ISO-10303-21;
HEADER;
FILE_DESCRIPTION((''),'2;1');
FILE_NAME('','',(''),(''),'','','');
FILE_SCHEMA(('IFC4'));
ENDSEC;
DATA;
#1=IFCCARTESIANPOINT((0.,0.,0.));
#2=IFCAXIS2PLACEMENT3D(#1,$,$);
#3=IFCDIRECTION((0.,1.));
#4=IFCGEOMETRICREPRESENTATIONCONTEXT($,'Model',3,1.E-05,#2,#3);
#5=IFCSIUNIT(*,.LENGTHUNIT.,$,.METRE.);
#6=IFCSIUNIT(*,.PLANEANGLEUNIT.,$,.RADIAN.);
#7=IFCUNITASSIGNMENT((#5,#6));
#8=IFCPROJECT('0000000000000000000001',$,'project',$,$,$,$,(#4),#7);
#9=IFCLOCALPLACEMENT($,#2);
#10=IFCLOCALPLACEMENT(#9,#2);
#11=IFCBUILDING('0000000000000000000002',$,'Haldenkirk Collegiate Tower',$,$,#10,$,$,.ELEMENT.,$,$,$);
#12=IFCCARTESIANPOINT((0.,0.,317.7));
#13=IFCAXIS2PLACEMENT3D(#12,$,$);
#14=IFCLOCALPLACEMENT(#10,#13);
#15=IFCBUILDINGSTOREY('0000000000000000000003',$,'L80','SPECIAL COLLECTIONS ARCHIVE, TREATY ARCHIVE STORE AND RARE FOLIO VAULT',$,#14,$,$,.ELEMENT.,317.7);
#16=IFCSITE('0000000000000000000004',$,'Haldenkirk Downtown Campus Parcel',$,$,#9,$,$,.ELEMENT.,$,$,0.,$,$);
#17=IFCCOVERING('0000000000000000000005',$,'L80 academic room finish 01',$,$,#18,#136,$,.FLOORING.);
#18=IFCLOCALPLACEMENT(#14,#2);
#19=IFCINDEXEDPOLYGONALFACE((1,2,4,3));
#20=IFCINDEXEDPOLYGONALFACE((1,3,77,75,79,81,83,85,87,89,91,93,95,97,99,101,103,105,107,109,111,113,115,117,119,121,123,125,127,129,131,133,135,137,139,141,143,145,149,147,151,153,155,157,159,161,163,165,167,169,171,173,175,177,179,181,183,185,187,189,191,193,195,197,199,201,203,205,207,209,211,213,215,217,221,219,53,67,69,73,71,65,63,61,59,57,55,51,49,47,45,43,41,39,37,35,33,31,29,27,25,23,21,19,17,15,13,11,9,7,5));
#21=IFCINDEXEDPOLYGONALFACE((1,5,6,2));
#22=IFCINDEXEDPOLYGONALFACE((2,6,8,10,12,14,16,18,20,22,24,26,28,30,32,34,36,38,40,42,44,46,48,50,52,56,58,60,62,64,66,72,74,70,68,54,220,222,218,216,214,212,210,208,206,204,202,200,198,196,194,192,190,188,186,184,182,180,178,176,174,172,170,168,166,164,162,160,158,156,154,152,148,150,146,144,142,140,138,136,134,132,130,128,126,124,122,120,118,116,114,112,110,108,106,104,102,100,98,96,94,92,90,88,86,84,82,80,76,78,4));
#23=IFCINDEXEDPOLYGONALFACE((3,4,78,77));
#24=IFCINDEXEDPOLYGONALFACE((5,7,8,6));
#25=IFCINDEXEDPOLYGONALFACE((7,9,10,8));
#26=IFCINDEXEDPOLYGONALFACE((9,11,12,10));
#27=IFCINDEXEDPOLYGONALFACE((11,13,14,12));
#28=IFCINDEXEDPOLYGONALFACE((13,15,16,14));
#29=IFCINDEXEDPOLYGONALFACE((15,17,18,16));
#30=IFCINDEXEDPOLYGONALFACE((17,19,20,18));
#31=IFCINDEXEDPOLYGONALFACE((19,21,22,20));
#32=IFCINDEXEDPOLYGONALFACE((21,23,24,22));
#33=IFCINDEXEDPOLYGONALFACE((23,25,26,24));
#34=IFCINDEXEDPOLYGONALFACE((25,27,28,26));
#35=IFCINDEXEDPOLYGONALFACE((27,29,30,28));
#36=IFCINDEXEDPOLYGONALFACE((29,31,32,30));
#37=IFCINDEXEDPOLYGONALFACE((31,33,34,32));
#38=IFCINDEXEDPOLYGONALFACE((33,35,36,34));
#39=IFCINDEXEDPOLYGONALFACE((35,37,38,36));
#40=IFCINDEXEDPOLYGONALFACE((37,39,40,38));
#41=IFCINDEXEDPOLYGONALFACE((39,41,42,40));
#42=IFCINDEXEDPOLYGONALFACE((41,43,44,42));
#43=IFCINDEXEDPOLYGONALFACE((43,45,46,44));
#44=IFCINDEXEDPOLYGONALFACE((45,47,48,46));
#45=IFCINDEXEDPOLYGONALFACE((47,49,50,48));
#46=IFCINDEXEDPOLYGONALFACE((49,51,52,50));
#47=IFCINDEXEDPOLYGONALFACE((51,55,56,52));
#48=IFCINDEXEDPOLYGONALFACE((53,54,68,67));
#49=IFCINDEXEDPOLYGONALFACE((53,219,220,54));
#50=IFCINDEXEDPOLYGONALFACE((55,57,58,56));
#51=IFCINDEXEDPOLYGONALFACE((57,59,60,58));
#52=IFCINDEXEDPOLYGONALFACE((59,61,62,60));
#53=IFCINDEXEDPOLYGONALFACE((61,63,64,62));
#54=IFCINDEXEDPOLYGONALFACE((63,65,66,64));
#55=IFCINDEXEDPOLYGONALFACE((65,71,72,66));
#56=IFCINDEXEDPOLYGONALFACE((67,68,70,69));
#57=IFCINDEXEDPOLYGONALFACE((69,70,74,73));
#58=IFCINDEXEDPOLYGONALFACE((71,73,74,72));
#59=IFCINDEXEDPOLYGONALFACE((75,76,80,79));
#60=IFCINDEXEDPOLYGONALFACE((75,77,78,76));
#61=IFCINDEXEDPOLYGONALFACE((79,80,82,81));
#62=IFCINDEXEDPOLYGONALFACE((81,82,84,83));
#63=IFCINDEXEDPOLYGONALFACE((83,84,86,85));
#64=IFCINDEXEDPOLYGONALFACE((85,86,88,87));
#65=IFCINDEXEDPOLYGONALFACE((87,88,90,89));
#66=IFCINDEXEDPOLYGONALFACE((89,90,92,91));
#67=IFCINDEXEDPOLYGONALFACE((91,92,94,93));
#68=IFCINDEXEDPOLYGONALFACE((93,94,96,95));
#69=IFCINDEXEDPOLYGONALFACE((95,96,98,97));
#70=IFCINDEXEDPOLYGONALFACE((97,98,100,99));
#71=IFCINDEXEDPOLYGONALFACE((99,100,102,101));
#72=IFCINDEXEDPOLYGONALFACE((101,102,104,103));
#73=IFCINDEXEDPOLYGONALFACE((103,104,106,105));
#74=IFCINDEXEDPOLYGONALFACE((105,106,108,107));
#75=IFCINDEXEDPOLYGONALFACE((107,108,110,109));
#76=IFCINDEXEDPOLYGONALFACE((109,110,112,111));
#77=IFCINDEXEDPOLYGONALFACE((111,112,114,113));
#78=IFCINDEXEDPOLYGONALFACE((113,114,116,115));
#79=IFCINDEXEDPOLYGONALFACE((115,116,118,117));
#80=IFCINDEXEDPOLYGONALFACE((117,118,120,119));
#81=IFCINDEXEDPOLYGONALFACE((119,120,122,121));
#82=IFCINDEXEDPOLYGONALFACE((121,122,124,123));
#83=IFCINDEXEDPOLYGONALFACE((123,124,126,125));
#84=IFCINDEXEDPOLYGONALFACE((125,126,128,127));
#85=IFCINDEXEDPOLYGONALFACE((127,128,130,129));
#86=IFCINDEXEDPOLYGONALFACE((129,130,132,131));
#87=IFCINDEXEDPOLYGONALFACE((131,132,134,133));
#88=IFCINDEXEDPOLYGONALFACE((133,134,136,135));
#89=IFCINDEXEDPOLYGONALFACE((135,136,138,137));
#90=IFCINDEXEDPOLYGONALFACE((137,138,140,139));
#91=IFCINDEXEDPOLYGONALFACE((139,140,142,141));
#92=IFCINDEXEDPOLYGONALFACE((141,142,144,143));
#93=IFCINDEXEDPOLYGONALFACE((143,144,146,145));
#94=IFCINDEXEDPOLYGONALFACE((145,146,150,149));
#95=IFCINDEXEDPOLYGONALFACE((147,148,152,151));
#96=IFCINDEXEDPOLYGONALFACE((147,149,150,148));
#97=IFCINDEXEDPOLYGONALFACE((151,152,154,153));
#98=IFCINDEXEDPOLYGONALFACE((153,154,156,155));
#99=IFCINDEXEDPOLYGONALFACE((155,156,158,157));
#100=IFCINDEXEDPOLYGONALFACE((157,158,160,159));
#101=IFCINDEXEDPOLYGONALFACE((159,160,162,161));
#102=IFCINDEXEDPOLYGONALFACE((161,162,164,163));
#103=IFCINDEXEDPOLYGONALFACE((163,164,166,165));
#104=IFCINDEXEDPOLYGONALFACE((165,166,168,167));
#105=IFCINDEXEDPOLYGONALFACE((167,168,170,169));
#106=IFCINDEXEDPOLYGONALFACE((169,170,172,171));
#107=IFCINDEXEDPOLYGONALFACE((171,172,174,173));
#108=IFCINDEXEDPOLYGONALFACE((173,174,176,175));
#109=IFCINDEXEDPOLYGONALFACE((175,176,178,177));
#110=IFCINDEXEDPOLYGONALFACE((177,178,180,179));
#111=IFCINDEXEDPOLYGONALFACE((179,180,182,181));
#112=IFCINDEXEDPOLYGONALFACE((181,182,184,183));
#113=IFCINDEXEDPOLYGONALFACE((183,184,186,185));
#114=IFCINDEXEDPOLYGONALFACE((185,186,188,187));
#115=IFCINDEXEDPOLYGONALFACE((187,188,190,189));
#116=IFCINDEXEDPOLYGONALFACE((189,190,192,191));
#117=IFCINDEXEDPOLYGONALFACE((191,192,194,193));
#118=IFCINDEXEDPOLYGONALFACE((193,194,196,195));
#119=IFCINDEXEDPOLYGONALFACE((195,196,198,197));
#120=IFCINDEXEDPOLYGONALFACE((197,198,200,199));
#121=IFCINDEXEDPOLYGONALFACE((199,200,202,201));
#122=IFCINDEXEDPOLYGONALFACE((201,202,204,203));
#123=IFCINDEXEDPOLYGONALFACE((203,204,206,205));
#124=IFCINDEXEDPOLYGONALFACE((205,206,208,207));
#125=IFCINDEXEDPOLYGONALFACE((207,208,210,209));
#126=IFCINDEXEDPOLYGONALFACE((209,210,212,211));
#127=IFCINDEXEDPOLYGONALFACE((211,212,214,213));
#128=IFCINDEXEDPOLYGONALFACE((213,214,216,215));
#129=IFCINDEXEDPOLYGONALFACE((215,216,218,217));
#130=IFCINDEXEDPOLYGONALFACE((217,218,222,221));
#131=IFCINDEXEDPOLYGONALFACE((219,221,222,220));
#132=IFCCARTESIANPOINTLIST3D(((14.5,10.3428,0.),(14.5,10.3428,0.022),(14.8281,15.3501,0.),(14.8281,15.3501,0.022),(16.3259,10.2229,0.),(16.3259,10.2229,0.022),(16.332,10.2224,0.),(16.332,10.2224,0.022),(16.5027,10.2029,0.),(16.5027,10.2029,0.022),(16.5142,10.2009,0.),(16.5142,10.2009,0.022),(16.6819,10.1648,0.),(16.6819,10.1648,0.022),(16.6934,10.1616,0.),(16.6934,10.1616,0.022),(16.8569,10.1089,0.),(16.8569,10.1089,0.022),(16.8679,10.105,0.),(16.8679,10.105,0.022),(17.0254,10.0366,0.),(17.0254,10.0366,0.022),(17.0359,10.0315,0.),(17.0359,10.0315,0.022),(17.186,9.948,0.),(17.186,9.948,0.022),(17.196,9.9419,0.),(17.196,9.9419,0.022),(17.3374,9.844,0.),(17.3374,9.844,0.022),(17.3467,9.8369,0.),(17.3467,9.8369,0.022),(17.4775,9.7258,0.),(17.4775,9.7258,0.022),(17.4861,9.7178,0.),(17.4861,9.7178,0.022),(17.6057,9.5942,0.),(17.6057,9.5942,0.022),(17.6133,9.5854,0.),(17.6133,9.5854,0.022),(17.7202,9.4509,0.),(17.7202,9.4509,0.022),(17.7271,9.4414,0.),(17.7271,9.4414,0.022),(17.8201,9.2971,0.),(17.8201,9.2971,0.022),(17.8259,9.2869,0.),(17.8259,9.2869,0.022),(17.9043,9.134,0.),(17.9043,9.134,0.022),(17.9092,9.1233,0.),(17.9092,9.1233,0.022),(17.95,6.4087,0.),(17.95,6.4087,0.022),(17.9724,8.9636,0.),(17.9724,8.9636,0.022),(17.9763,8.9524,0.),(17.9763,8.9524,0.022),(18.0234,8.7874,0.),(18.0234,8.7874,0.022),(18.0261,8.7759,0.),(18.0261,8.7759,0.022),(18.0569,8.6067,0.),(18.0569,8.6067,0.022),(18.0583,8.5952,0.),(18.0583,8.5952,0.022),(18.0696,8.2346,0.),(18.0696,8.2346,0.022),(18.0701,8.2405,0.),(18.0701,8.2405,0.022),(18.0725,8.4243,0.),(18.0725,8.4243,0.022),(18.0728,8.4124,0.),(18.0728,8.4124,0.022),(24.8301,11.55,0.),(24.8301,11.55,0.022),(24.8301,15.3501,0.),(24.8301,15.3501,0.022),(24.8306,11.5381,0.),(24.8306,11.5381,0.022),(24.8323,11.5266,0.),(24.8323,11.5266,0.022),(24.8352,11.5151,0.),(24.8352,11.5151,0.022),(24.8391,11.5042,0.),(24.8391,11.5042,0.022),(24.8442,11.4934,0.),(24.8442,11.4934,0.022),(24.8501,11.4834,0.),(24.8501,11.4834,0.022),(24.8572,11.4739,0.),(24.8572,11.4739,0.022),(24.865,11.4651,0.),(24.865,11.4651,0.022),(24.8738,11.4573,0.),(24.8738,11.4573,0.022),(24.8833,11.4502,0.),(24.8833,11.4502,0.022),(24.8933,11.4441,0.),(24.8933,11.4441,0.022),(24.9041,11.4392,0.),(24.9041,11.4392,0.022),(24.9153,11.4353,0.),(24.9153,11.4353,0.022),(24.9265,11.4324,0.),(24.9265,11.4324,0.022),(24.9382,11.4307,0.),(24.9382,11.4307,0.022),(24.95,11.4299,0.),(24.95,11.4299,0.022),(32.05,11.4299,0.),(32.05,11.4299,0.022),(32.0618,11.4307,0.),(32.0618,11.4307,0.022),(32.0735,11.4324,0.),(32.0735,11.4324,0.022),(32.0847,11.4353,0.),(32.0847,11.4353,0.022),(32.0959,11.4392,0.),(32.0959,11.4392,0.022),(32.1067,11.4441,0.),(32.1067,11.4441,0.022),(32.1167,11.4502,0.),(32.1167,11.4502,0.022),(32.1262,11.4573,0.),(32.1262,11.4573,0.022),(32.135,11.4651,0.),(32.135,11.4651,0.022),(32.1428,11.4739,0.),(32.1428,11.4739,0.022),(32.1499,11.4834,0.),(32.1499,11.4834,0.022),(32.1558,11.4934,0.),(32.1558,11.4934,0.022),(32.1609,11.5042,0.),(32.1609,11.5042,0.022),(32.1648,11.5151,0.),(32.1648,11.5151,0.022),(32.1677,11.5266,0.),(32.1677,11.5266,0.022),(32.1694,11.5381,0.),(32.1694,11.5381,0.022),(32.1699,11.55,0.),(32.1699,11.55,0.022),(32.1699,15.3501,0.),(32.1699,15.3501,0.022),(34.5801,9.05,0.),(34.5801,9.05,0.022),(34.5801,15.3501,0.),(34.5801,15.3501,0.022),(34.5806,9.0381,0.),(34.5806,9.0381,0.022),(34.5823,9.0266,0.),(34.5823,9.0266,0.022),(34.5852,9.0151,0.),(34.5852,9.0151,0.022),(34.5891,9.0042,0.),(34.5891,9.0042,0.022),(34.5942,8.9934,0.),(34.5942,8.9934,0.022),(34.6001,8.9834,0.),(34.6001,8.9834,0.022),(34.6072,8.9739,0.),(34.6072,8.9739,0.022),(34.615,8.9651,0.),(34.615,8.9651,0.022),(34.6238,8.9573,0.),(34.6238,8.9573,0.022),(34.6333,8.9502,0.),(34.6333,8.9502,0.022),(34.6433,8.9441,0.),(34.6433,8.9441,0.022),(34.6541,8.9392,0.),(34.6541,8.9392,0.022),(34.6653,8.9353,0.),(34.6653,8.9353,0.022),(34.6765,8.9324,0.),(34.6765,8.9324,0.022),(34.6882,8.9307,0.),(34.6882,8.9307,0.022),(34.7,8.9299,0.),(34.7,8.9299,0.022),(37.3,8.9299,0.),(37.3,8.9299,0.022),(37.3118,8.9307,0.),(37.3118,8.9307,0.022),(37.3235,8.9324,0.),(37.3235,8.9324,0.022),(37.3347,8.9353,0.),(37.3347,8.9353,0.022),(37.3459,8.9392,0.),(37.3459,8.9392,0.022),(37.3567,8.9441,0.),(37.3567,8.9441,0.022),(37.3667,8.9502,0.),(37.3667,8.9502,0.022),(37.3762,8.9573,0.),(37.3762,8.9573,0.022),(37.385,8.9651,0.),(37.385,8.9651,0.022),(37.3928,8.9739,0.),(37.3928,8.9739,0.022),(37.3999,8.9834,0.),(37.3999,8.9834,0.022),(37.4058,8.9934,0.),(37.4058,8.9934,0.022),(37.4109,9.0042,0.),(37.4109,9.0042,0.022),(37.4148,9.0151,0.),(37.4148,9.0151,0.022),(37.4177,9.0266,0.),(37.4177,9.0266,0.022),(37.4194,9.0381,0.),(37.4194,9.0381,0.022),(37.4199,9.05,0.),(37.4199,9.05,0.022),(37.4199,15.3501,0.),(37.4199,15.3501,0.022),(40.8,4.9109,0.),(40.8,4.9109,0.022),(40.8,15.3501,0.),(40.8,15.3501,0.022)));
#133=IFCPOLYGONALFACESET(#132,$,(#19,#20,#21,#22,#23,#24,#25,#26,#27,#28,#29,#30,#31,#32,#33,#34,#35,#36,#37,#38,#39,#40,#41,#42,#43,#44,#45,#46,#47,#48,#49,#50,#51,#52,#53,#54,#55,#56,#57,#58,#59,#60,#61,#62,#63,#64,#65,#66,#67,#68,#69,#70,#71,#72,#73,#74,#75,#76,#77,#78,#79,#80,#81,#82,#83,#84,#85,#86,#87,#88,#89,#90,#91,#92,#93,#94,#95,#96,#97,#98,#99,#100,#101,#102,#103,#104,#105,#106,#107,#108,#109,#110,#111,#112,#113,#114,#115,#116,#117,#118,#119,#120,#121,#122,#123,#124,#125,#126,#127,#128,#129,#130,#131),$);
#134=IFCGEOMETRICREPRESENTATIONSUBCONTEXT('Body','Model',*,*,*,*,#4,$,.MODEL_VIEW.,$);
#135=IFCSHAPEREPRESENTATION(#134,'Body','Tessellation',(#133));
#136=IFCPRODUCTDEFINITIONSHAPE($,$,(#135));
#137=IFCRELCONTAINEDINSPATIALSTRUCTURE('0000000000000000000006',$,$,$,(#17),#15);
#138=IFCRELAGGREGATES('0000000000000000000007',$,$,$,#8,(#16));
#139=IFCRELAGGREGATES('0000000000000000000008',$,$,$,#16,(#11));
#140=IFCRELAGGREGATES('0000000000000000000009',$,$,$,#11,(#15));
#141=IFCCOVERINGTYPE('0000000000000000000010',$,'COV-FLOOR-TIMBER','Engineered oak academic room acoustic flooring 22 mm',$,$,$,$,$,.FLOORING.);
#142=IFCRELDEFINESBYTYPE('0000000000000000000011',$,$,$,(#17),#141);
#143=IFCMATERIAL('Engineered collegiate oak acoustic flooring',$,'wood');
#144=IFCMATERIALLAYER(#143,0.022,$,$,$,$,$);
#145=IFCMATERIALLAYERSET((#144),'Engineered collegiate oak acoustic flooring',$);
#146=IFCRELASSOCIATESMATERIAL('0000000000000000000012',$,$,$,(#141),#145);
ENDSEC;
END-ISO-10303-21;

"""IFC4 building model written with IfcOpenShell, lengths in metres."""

from ifc_helpers import new_model, si_unit, direction, frame, origin, place, context, subcontext, project, spatial, polyline, outline, extrude, material, layer, layer_set, type_object, element, save


model = new_model("IFC4")

# Units and contexts
model_context = context("Model", 3, precision=1e-05, world=origin(), true_north=direction((0.0, 1.0)))
body_context = subcontext(model_context, "Body", "Model", "MODEL_VIEW")
ifc_project = project(units=[si_unit("LENGTHUNIT", "METRE"), si_unit("PLANEANGLEUNIT", "RADIAN")], contexts=[model_context])

# Site, building, storey
site_placement = place(None, origin())
site = spatial("IfcSite", under=ifc_project, at=site_placement, Name="Haldenkirk Downtown Campus Parcel", CompositionType="ELEMENT", RefElevation=0.0)
building_placement = place(site_placement, origin())
building = spatial("IfcBuilding", under=site, at=building_placement, Name="Haldenkirk Collegiate Tower", CompositionType="ELEMENT")
storey_placement = place(building_placement, frame((0.0, 0.0, 317.7)))
storey = spatial("IfcBuildingStorey", under=building, at=storey_placement, Name="L80", Description="SPECIAL COLLECTIONS ARCHIVE, TREATY ARCHIVE STORE AND RARE FOLIO VAULT", CompositionType="ELEMENT", Elevation=317.7)

# Covering
ifc_material_1 = material(Name="Engineered collegiate oak acoustic flooring", Category="wood")
ifc_layer_1 = layer(ifc_material_1, 0.022)
ifc_layer_set_1 = layer_set([ifc_layer_1], Name="Engineered collegiate oak acoustic flooring")
covering_type_1 = type_object("IfcCoveringType", Name="COV-FLOOR-TIMBER", Description="Engineered oak academic room acoustic flooring 22 mm", PredefinedType="FLOORING", material=ifc_layer_set_1)
covering_1_placement = place(storey_placement, origin())
element("IfcCovering", 1, at=covering_1_placement, inside=storey, type_object=covering_type_1, Name="L80 academic room finish 01", PredefinedType="FLOORING", context=body_context, shape_type="SweptSolid", body=[
    extrude(outline(polyline([(17.95, 6.4087), (18.0696, 8.2346), (18.0701, 8.2405), (18.0728, 8.4124), (18.0725, 8.4243), (18.0583, 8.5952), (18.0569, 8.6067), (18.0261, 8.7759), (18.0234, 8.7874), (17.9763, 8.9524), (17.9724, 8.9636), (17.9092, 9.1233), (17.9043, 9.134), (17.8259, 9.2869), (17.8201, 9.2971), (17.7271, 9.4414), (17.7202, 9.4509), (17.6133, 9.5854), (17.6057, 9.5942), (17.4861, 9.7178), (17.4775, 9.7258), (17.3467, 9.8369), (17.3374, 9.844), (17.196, 9.9419), (17.186, 9.948), (17.0359, 10.0315), (17.0254, 10.0366), (16.8679, 10.105), (16.8569, 10.1089), (16.6934, 10.1616), (16.6819, 10.1648), (16.5142, 10.2009), (16.5027, 10.2029), (16.332, 10.2224), (16.3259, 10.2229), (14.5, 10.3428), (14.8281, 15.3501), (24.8301, 15.3501), (24.8301, 11.55), (24.8306, 11.5381), (24.8323, 11.5266), (24.8352, 11.5151), (24.8391, 11.5042), (24.8442, 11.4934), (24.8501, 11.4834), (24.8572, 11.4739), (24.865, 11.4651), (24.8738, 11.4573), (24.8833, 11.4502), (24.8933, 11.4441), (24.9041, 11.4392), (24.9153, 11.4353), (24.9265, 11.4324), (24.9382, 11.4307), (24.95, 11.4299), (32.05, 11.4299), (32.0618, 11.4307), (32.0735, 11.4324), (32.0847, 11.4353), (32.0959, 11.4392), (32.1067, 11.4441), (32.1167, 11.4502), (32.1262, 11.4573), (32.135, 11.4651), (32.1428, 11.4739), (32.1499, 11.4834), (32.1558, 11.4934), (32.1609, 11.5042), (32.1648, 11.5151), (32.1677, 11.5266), (32.1694, 11.5381), (32.1699, 11.55), (32.1699, 15.3501), (34.5801, 15.3501), (34.5801, 9.05), (34.5806, 9.0381), (34.5823, 9.0266), (34.5852, 9.0151), (34.5891, 9.0042), (34.5942, 8.9934), (34.6001, 8.9834), (34.6072, 8.9739), (34.615, 8.9651), (34.6238, 8.9573), (34.6333, 8.9502), (34.6433, 8.9441), (34.6541, 8.9392), (34.6653, 8.9353), (34.6765, 8.9324), (34.6882, 8.9307), (34.7, 8.9299), (37.3, 8.9299), (37.3118, 8.9307), (37.3235, 8.9324), (37.3347, 8.9353), (37.3459, 8.9392), (37.3567, 8.9441), (37.3667, 8.9502), (37.3762, 8.9573), (37.385, 8.9651), (37.3928, 8.9739), (37.3999, 8.9834), (37.4058, 8.9934), (37.4109, 9.0042), (37.4148, 9.0151), (37.4177, 9.0266), (37.4194, 9.0381), (37.4199, 9.05), (37.4199, 15.3501), (40.8, 15.3501), (40.8, 4.9109), (17.95, 6.4087)])), origin(), (0.0, 0.0, 1.0), 0.022),
])

save(model, "model.ifc")
